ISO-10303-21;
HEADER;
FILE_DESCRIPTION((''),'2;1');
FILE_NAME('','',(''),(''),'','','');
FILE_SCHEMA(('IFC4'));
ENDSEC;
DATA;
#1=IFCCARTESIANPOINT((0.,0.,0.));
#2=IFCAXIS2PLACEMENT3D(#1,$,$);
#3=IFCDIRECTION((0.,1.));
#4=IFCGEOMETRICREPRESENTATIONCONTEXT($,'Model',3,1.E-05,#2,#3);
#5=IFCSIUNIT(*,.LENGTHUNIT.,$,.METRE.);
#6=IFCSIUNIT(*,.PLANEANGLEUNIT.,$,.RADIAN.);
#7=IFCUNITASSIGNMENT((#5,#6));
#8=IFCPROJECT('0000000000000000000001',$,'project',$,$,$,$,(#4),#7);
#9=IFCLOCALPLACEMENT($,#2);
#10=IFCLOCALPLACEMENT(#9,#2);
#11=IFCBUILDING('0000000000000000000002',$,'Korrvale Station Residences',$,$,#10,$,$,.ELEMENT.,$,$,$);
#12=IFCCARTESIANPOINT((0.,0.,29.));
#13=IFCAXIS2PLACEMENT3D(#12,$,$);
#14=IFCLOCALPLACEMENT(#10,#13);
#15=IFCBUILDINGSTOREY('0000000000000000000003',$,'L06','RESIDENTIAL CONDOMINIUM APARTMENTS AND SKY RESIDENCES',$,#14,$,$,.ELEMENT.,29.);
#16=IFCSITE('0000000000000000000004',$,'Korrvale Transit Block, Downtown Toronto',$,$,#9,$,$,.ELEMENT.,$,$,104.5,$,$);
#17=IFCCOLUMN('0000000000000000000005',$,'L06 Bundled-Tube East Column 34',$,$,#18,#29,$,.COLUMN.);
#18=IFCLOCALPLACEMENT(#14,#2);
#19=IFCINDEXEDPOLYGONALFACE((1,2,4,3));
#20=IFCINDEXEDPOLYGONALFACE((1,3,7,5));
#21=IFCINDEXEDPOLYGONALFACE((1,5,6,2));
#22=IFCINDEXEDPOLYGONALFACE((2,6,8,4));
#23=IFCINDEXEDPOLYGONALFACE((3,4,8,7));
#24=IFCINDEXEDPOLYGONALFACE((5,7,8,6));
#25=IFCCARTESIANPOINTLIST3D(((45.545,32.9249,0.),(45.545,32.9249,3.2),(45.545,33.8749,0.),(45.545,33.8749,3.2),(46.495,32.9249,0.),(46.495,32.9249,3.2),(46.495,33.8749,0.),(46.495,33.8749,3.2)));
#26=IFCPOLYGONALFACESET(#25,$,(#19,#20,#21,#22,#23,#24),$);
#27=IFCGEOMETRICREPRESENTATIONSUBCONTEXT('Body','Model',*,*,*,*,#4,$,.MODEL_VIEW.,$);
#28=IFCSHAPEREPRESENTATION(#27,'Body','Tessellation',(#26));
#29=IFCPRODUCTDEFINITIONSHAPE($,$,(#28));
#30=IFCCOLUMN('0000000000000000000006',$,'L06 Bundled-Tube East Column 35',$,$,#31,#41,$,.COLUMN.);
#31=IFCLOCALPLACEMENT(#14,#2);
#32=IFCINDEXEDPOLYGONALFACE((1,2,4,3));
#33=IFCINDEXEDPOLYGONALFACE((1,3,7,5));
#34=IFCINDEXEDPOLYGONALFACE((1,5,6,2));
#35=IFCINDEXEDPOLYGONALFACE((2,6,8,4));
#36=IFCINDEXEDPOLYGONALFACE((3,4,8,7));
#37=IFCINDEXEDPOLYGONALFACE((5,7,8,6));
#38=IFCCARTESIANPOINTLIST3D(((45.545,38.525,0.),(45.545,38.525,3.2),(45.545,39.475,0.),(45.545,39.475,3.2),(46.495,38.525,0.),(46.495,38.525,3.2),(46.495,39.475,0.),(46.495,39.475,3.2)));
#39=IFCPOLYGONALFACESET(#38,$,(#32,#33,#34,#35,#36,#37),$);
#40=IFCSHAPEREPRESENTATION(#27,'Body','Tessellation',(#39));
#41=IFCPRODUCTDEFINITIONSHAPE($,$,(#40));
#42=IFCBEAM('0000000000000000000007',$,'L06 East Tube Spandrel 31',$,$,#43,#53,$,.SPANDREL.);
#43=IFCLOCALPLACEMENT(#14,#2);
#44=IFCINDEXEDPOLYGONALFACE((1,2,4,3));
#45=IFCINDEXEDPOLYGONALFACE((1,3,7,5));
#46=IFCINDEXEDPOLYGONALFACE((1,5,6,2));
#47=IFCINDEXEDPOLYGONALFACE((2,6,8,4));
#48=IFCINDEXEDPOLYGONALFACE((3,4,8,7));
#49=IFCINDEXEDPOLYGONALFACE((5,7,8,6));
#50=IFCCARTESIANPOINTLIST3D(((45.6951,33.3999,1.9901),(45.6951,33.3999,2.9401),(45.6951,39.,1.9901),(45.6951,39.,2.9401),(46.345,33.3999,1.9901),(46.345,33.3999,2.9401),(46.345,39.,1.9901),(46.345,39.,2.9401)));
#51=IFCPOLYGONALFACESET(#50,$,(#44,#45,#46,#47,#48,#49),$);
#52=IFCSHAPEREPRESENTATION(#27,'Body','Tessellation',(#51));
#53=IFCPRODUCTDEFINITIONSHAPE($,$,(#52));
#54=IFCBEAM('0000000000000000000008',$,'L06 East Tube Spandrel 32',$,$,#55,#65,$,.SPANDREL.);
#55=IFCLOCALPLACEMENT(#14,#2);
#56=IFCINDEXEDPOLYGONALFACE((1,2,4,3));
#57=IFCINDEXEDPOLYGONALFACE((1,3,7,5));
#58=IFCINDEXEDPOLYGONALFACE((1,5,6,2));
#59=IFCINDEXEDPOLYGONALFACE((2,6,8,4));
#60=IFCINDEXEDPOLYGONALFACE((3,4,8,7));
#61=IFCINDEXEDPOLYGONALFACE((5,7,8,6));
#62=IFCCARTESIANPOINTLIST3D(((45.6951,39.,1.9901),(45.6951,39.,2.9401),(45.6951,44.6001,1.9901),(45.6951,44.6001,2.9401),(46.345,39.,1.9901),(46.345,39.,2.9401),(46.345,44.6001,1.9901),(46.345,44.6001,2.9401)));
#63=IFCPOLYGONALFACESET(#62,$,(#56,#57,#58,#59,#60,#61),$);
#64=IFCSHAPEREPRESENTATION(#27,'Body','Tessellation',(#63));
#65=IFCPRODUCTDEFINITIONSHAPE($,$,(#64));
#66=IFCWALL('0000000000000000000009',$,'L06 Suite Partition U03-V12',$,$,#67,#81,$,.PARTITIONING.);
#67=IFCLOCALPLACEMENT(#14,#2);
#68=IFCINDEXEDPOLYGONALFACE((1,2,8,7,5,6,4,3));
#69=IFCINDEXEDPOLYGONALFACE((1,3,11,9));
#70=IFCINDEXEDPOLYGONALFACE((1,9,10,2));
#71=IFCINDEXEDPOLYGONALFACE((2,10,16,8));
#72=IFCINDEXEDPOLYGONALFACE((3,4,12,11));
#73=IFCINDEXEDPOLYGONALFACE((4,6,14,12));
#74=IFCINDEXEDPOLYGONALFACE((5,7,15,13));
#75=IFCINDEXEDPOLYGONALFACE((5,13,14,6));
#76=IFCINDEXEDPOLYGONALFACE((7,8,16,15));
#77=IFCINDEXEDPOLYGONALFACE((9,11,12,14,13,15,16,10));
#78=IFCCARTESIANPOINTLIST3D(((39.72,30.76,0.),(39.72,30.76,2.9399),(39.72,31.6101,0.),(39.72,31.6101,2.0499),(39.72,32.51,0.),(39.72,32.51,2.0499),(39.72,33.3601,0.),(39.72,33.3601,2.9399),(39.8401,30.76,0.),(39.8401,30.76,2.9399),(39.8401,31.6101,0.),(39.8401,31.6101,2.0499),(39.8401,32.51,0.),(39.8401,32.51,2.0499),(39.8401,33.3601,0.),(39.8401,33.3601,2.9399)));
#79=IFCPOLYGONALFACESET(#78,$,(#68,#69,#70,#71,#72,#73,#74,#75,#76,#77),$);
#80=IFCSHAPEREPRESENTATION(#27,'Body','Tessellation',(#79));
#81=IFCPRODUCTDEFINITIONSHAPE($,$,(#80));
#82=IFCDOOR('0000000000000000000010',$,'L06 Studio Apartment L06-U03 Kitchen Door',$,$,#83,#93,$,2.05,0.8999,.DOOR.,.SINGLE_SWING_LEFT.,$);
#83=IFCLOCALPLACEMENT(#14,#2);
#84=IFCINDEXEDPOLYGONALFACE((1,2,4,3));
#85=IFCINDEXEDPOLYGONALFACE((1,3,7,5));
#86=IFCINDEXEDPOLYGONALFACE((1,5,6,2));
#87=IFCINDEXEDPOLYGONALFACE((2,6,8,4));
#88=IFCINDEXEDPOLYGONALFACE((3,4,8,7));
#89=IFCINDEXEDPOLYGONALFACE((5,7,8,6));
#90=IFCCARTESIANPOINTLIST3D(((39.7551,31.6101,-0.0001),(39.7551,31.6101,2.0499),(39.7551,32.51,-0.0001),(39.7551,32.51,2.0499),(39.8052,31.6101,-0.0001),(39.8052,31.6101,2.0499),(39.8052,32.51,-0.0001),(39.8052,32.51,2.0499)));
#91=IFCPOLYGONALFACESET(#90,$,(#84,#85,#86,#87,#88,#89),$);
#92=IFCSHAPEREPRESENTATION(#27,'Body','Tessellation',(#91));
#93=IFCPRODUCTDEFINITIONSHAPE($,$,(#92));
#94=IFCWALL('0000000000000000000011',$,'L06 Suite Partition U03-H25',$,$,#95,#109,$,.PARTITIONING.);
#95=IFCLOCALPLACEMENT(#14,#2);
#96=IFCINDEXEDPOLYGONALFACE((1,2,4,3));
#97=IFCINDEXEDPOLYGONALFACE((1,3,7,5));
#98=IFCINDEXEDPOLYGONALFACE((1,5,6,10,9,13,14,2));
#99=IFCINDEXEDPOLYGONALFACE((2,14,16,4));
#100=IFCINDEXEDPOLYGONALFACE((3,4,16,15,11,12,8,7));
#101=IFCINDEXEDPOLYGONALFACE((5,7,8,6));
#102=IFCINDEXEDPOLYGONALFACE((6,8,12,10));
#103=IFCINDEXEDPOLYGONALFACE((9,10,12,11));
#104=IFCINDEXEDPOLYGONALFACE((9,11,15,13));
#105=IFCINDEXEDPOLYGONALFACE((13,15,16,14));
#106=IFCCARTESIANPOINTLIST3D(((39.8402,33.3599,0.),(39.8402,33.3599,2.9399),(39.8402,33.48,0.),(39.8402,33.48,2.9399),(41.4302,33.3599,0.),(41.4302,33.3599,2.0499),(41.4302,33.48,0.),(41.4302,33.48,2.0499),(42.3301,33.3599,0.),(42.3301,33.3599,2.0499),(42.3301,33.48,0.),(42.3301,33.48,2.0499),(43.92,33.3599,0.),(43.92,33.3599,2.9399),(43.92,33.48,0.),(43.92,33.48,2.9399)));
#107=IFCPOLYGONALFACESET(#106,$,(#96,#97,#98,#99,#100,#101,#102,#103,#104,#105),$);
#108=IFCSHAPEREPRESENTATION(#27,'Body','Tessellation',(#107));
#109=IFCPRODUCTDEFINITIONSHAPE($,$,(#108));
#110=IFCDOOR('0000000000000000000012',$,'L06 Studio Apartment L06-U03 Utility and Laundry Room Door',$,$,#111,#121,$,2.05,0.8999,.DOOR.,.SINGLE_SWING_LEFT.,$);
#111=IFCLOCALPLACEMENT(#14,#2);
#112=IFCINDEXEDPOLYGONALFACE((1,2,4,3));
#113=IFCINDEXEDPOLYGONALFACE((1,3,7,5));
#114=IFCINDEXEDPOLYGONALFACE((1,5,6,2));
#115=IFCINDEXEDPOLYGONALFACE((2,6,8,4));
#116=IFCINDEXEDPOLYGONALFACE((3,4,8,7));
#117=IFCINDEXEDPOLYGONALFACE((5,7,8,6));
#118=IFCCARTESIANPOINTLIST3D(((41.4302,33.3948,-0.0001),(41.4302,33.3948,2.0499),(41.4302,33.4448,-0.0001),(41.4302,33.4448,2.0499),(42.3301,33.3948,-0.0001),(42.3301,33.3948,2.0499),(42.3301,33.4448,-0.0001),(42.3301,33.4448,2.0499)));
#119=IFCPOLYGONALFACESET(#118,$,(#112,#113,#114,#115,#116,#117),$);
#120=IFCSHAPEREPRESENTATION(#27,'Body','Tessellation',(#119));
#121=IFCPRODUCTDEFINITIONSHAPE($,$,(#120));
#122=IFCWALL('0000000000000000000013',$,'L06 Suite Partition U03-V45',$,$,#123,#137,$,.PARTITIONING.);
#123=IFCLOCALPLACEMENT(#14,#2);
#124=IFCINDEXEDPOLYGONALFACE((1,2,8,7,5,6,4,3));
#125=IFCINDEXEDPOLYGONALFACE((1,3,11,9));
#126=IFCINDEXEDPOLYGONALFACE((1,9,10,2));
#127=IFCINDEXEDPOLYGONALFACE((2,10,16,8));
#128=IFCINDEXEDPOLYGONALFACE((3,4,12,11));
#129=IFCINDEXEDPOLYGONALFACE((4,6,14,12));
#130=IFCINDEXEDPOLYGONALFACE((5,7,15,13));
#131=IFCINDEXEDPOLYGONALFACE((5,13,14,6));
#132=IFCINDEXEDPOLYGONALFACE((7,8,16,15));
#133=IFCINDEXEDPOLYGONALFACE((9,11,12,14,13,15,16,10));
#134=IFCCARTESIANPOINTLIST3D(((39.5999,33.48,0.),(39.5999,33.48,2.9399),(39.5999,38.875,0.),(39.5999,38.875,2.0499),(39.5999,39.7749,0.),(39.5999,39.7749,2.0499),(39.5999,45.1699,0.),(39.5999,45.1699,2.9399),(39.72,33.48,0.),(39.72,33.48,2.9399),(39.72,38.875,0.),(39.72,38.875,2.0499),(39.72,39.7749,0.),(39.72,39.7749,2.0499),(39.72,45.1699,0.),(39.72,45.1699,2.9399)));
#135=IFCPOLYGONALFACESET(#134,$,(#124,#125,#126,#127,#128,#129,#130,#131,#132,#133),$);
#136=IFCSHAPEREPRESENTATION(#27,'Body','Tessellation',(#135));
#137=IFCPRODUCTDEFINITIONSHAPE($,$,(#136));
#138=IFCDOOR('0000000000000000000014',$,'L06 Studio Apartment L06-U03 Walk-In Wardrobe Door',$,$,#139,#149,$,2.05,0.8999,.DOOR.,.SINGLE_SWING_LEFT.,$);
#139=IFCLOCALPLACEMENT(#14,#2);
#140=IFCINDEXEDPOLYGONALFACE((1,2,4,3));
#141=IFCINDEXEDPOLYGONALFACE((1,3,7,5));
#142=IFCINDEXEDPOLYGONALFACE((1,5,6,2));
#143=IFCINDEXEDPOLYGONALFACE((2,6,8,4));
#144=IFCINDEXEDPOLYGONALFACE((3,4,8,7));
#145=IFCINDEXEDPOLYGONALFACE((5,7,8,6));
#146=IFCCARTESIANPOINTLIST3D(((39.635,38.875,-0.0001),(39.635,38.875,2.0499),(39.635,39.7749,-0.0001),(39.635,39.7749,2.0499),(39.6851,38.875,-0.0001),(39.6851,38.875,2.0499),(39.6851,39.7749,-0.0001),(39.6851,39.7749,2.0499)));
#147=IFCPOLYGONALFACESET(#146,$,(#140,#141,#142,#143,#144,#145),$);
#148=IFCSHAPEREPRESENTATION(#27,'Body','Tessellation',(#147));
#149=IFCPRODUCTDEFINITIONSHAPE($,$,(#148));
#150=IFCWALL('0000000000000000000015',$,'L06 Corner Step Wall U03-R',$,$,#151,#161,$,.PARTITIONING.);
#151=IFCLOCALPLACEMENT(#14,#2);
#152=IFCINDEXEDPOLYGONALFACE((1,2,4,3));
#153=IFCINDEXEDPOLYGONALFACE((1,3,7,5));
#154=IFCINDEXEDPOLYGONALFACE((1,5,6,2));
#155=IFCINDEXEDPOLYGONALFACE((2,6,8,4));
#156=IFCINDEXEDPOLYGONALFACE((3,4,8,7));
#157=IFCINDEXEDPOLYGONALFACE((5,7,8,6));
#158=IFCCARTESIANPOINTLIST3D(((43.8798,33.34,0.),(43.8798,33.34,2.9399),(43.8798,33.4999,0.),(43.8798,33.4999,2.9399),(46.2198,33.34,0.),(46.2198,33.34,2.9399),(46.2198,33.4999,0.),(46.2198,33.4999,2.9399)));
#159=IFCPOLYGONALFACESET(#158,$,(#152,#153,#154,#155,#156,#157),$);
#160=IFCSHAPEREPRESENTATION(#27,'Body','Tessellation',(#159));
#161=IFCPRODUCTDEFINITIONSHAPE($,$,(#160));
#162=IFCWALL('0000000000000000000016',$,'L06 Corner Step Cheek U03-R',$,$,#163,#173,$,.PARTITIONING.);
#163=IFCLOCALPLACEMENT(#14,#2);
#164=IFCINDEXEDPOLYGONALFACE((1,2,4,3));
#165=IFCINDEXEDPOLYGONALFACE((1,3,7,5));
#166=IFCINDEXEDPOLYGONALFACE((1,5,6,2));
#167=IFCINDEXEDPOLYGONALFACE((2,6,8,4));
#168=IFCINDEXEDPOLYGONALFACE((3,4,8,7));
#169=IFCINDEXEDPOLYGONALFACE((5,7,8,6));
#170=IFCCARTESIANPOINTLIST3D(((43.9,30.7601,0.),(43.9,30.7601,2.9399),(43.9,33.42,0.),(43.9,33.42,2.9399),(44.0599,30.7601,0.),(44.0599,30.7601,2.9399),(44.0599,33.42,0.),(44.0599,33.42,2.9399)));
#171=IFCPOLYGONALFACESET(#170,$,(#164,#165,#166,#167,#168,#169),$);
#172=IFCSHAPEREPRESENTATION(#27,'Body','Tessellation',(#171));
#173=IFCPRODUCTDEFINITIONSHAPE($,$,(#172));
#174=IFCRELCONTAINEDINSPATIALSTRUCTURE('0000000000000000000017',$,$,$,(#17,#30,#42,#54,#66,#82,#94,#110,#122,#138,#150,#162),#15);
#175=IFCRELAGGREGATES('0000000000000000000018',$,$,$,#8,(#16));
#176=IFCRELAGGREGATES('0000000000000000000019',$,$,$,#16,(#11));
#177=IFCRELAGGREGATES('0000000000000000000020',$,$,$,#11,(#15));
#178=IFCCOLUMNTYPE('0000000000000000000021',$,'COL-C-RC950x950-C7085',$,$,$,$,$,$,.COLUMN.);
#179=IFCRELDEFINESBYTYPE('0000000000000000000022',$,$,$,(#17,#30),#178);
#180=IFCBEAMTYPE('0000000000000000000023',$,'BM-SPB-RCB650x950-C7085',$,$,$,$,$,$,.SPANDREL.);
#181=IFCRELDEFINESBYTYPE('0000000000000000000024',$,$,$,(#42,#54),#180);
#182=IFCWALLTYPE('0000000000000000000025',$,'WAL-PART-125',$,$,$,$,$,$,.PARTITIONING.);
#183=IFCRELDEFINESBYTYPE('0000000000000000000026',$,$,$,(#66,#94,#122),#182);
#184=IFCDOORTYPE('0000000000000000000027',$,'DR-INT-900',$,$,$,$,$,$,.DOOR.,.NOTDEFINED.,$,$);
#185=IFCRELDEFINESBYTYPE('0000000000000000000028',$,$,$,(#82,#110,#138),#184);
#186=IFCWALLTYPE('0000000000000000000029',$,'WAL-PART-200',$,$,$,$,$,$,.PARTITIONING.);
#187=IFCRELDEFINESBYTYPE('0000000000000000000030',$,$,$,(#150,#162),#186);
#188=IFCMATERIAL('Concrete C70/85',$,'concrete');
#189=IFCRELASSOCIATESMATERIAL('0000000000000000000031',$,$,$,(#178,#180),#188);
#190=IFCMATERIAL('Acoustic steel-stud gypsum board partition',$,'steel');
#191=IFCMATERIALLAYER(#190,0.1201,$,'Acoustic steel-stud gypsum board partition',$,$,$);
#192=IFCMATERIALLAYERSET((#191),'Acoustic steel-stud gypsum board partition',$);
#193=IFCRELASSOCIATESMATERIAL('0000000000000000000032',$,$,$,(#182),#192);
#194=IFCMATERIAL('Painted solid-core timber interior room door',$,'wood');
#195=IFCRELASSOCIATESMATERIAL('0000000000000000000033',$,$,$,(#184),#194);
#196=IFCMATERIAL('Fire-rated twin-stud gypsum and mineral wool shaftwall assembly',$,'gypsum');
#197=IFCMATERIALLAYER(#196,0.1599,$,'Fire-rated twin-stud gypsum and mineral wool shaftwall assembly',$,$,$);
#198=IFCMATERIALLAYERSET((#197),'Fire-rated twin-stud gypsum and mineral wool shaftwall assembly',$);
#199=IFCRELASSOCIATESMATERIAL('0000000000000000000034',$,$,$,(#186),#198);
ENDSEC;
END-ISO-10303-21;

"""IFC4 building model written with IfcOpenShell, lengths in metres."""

from ifc_helpers import new_model, si_unit, direction, frame, frame_2d, origin, origin_2d, place, context, subcontext, project, spatial, rectangle, extrude, material, layer, layer_set, material_profile, profile_set, type_object, element, fill, save


model = new_model("IFC4")

# Units and contexts
model_context = context("Model", 3, precision=1e-05, world=origin(), true_north=direction((0.0, 1.0)))
body_context = subcontext(model_context, "Body", "Model", "MODEL_VIEW")
ifc_project = project(units=[si_unit("LENGTHUNIT", "METRE"), si_unit("PLANEANGLEUNIT", "RADIAN")], contexts=[model_context])

# Site, building, storey
site_placement = place(None, origin())
site = spatial("IfcSite", under=ifc_project, at=site_placement, Name="Korrvale Transit Block, Downtown Toronto", CompositionType="ELEMENT", RefElevation=104.5)
building_placement = place(site_placement, origin())
building = spatial("IfcBuilding", under=site, at=building_placement, Name="Korrvale Station Residences", CompositionType="ELEMENT")
storey_placement = place(building_placement, frame((0.0, 0.0, 29.0)))
storey = spatial("IfcBuildingStorey", under=building, at=storey_placement, Name="L06", Description="RESIDENTIAL CONDOMINIUM APARTMENTS AND SKY RESIDENCES", CompositionType="ELEMENT", Elevation=29.0)

# Columns
ifc_material_1 = material(Name="Concrete C70/85", Category="concrete")
ifc_material_profile_1 = material_profile(ifc_material_1, rectangle(XDim=0.95, YDim=0.95, at=origin_2d()), Name="RC950x950")
ifc_profile_set_1 = profile_set([ifc_material_profile_1], Name="Concrete C70/85")
column_type = type_object("IfcColumnType", Name="COL-C-RC950x950-C7085", PredefinedType="COLUMN", material=ifc_profile_set_1)
for number, where, z_axis, x_axis, name in (
    (1, (46.02, 33.3999, 0.0), (0.0, 0.0, 1.0), (1.0, 0.0, 0.0), "L06 Bundled-Tube East Column 34"),
    (2, (46.02, 39.0, 0.0), (0.0, 0.0, 1.0), (1.0, 0.0, 0.0), "L06 Bundled-Tube East Column 35"),
):
    element("IfcColumn", number, at=place(storey_placement, frame(where, z_axis=z_axis, x_axis=x_axis)), inside=storey, type_object=column_type, Name=name, PredefinedType="COLUMN", context=body_context, shape_type="SweptSolid", body=[
        extrude(rectangle(XDim=0.95, YDim=0.95, at=origin_2d()), origin(), (0.0, 0.0, 1.0), 3.2),
    ])

# Beams
ifc_material_profile_2 = material_profile(ifc_material_1, rectangle(XDim=0.6499, YDim=0.95, at=origin_2d()), Name="RCB650x950")
ifc_profile_set_2 = profile_set([ifc_material_profile_2], Name="Concrete C70/85")
beam_type = type_object("IfcBeamType", Name="BM-SPB-RCB650x950-C7085", PredefinedType="SPANDREL", material=ifc_profile_set_2)
for number, where, z_axis, x_axis, name in (
    (3, (46.02, 33.3999, 2.4651), (0.0, 1.0, 0.0), (-1.0, 0.0, 0.0), "L06 East Tube Spandrel 31"),
    (4, (46.02, 39.0, 2.4651), (0.0, 1.0, 0.0), (-1.0, 0.0, 0.0), "L06 East Tube Spandrel 32"),
):
    element("IfcBeam", number, at=place(storey_placement, frame(where, z_axis=z_axis, x_axis=x_axis)), inside=storey, type_object=beam_type, Name=name, PredefinedType="SPANDREL", context=body_context, shape_type="SweptSolid", body=[
        extrude(rectangle(XDim=0.6499, YDim=0.95, at=origin_2d()), origin(), (0.0, 0.0, 1.0), 5.6001),
    ])

# Walls, openings, doors
ifc_material_2 = material(Name="Acoustic steel-stud gypsum board partition", Category="steel")
ifc_layer_1 = layer(ifc_material_2, 0.1201, Name="Acoustic steel-stud gypsum board partition")
ifc_layer_set_1 = layer_set([ifc_layer_1], Name="Acoustic steel-stud gypsum board partition")
wall_type_1 = type_object("IfcWallType", Name="WAL-PART-125", PredefinedType="PARTITIONING", material=ifc_layer_set_1)
wall_1_placement = place(storey_placement, frame((39.78, 30.76, 0.0), z_axis=(0.0, 0.0, 1.0), x_axis=(0.0, 1.0, 0.0)))
wall_1 = element("IfcWall", 5, at=wall_1_placement, inside=storey, type_object=wall_type_1, Name="L06 Suite Partition U03-V12", PredefinedType="PARTITIONING", context=body_context, shape_type="SweptSolid", body=[
    extrude(rectangle(XDim=2.6001, YDim=0.1201, at=frame_2d((1.3, 0.0))), origin(), (0.0, 0.0, 1.0), 2.9399),
])
opening_1_placement = place(wall_1_placement, frame((0.8501, 0.0, 0.0)))
opening_1 = element("IfcOpeningElement", 6, at=opening_1_placement, cuts=wall_1, PredefinedType="OPENING", context=body_context, shape_type="SweptSolid", body=[
    extrude(rectangle(XDim=0.8999, YDim=2.05, at=frame_2d((0.45, 1.0249))), frame((0.0, 0.0701, 0.0), z_axis=(0.0, -1.0, 0.0), x_axis=(1.0, 0.0, 0.0)), (0.0, 0.0, 1.0), 0.1401),
])
ifc_material_3 = material(Name="Painted solid-core timber interior room door", Category="wood")
door_type = type_object("IfcDoorType", Name="DR-INT-900", OperationType="NOTDEFINED", PredefinedType="DOOR", material=ifc_material_3)
door_1_placement = place(opening_1_placement, origin())
door_1 = element("IfcDoor", 7, at=door_1_placement, inside=storey, type_object=door_type, Name="L06 Studio Apartment L06-U03 Kitchen Door", OperationType="SINGLE_SWING_LEFT", OverallHeight=2.05, OverallWidth=0.8999, PredefinedType="DOOR", context=body_context, shape_type="SweptSolid", body=[
    extrude(rectangle(XDim=0.8999, YDim=2.05, at=frame_2d((0.45, 1.0249))), frame((0.0, 0.0249, 0.0), z_axis=(0.0, -1.0, 0.0), x_axis=(1.0, 0.0, 0.0)), (0.0, 0.0, 1.0), 0.05),
])
fill(opening_1, door_1)
wall_2_placement = place(storey_placement, frame((39.8401, 33.4199, 0.0), z_axis=(0.0, 0.0, 1.0), x_axis=(1.0, 0.0, 0.0)))
wall_2 = element("IfcWall", 8, at=wall_2_placement, inside=storey, type_object=wall_type_1, Name="L06 Suite Partition U03-H25", PredefinedType="PARTITIONING", context=body_context, shape_type="SweptSolid", body=[
    extrude(rectangle(XDim=4.0798, YDim=0.1201, at=frame_2d((2.04, 0.0))), origin(), (0.0, 0.0, 1.0), 2.9399),
])
opening_2_placement = place(wall_2_placement, frame((1.5901, 0.0, 0.0)))
opening_2 = element("IfcOpeningElement", 9, at=opening_2_placement, cuts=wall_2, PredefinedType="OPENING", context=body_context, shape_type="SweptSolid", body=[
    extrude(rectangle(XDim=0.8999, YDim=2.05, at=frame_2d((0.45, 1.0249))), frame((0.0, 0.0701, 0.0), z_axis=(0.0, -1.0, 0.0), x_axis=(1.0, 0.0, 0.0)), (0.0, 0.0, 1.0), 0.1401),
])
door_2_placement = place(opening_2_placement, origin())
door_2 = element("IfcDoor", 10, at=door_2_placement, inside=storey, type_object=door_type, Name="L06 Studio Apartment L06-U03 Utility and Laundry Room Door", OperationType="SINGLE_SWING_LEFT", OverallHeight=2.05, OverallWidth=0.8999, PredefinedType="DOOR", context=body_context, shape_type="SweptSolid", body=[
    extrude(rectangle(XDim=0.8999, YDim=2.05, at=frame_2d((0.45, 1.0249))), frame((0.0, 0.0249, 0.0), z_axis=(0.0, -1.0, 0.0), x_axis=(1.0, 0.0, 0.0)), (0.0, 0.0, 1.0), 0.05),
])
fill(opening_2, door_2)
wall_3_placement = place(storey_placement, frame((39.6599, 33.48, 0.0), z_axis=(0.0, 0.0, 1.0), x_axis=(0.0, 1.0, 0.0)))
wall_3 = element("IfcWall", 11, at=wall_3_placement, inside=storey, type_object=wall_type_1, Name="L06 Suite Partition U03-V45", PredefinedType="PARTITIONING", context=body_context, shape_type="SweptSolid", body=[
    extrude(rectangle(XDim=11.6899, YDim=0.1201, at=frame_2d((5.845, 0.0))), origin(), (0.0, 0.0, 1.0), 2.9399),
])
opening_3_placement = place(wall_3_placement, frame((5.395, 0.0, 0.0)))
opening_3 = element("IfcOpeningElement", 12, at=opening_3_placement, cuts=wall_3, PredefinedType="OPENING", context=body_context, shape_type="SweptSolid", body=[
    extrude(rectangle(XDim=0.8999, YDim=2.05, at=frame_2d((0.45, 1.0249))), frame((0.0, 0.0701, 0.0), z_axis=(0.0, -1.0, 0.0), x_axis=(1.0, 0.0, 0.0)), (0.0, 0.0, 1.0), 0.1401),
])
door_3_placement = place(opening_3_placement, origin())
door_3 = element("IfcDoor", 13, at=door_3_placement, inside=storey, type_object=door_type, Name="L06 Studio Apartment L06-U03 Walk-In Wardrobe Door", OperationType="SINGLE_SWING_LEFT", OverallHeight=2.05, OverallWidth=0.8999, PredefinedType="DOOR", context=body_context, shape_type="SweptSolid", body=[
    extrude(rectangle(XDim=0.8999, YDim=2.05, at=frame_2d((0.45, 1.0249))), frame((0.0, 0.0249, 0.0), z_axis=(0.0, -1.0, 0.0), x_axis=(1.0, 0.0, 0.0)), (0.0, 0.0, 1.0), 0.05),
])
fill(opening_3, door_3)

# Walls
ifc_material_4 = material(Name="Fire-rated twin-stud gypsum and mineral wool shaftwall assembly", Category="gypsum")
ifc_layer_2 = layer(ifc_material_4, 0.1599, Name="Fire-rated twin-stud gypsum and mineral wool shaftwall assembly")
ifc_layer_set_2 = layer_set([ifc_layer_2], Name="Fire-rated twin-stud gypsum and mineral wool shaftwall assembly")
wall_type_2 = type_object("IfcWallType", Name="WAL-PART-200", PredefinedType="PARTITIONING", material=ifc_layer_set_2)
wall_4_placement = place(storey_placement, frame((43.8799, 33.4199, 0.0), z_axis=(0.0, 0.0, 1.0), x_axis=(1.0, 0.0, 0.0)))
element("IfcWall", 14, at=wall_4_placement, inside=storey, type_object=wall_type_2, Name="L06 Corner Step Wall U03-R", PredefinedType="PARTITIONING", context=body_context, shape_type="SweptSolid", body=[
    extrude(rectangle(XDim=2.3401, YDim=0.1599, at=frame_2d((1.1699, 0.0))), origin(), (0.0, 0.0, 1.0), 2.9399),
])
wall_5_placement = place(storey_placement, frame((43.98, 30.76, 0.0), z_axis=(0.0, 0.0, 1.0), x_axis=(0.0, 1.0, 0.0)))
element("IfcWall", 15, at=wall_5_placement, inside=storey, type_object=wall_type_2, Name="L06 Corner Step Cheek U03-R", PredefinedType="PARTITIONING", context=body_context, shape_type="SweptSolid", body=[
    extrude(rectangle(XDim=2.6599, YDim=0.1599, at=frame_2d((1.3301, 0.0))), origin(), (0.0, 0.0, 1.0), 2.9399),
])

save(model, "model.ifc")
